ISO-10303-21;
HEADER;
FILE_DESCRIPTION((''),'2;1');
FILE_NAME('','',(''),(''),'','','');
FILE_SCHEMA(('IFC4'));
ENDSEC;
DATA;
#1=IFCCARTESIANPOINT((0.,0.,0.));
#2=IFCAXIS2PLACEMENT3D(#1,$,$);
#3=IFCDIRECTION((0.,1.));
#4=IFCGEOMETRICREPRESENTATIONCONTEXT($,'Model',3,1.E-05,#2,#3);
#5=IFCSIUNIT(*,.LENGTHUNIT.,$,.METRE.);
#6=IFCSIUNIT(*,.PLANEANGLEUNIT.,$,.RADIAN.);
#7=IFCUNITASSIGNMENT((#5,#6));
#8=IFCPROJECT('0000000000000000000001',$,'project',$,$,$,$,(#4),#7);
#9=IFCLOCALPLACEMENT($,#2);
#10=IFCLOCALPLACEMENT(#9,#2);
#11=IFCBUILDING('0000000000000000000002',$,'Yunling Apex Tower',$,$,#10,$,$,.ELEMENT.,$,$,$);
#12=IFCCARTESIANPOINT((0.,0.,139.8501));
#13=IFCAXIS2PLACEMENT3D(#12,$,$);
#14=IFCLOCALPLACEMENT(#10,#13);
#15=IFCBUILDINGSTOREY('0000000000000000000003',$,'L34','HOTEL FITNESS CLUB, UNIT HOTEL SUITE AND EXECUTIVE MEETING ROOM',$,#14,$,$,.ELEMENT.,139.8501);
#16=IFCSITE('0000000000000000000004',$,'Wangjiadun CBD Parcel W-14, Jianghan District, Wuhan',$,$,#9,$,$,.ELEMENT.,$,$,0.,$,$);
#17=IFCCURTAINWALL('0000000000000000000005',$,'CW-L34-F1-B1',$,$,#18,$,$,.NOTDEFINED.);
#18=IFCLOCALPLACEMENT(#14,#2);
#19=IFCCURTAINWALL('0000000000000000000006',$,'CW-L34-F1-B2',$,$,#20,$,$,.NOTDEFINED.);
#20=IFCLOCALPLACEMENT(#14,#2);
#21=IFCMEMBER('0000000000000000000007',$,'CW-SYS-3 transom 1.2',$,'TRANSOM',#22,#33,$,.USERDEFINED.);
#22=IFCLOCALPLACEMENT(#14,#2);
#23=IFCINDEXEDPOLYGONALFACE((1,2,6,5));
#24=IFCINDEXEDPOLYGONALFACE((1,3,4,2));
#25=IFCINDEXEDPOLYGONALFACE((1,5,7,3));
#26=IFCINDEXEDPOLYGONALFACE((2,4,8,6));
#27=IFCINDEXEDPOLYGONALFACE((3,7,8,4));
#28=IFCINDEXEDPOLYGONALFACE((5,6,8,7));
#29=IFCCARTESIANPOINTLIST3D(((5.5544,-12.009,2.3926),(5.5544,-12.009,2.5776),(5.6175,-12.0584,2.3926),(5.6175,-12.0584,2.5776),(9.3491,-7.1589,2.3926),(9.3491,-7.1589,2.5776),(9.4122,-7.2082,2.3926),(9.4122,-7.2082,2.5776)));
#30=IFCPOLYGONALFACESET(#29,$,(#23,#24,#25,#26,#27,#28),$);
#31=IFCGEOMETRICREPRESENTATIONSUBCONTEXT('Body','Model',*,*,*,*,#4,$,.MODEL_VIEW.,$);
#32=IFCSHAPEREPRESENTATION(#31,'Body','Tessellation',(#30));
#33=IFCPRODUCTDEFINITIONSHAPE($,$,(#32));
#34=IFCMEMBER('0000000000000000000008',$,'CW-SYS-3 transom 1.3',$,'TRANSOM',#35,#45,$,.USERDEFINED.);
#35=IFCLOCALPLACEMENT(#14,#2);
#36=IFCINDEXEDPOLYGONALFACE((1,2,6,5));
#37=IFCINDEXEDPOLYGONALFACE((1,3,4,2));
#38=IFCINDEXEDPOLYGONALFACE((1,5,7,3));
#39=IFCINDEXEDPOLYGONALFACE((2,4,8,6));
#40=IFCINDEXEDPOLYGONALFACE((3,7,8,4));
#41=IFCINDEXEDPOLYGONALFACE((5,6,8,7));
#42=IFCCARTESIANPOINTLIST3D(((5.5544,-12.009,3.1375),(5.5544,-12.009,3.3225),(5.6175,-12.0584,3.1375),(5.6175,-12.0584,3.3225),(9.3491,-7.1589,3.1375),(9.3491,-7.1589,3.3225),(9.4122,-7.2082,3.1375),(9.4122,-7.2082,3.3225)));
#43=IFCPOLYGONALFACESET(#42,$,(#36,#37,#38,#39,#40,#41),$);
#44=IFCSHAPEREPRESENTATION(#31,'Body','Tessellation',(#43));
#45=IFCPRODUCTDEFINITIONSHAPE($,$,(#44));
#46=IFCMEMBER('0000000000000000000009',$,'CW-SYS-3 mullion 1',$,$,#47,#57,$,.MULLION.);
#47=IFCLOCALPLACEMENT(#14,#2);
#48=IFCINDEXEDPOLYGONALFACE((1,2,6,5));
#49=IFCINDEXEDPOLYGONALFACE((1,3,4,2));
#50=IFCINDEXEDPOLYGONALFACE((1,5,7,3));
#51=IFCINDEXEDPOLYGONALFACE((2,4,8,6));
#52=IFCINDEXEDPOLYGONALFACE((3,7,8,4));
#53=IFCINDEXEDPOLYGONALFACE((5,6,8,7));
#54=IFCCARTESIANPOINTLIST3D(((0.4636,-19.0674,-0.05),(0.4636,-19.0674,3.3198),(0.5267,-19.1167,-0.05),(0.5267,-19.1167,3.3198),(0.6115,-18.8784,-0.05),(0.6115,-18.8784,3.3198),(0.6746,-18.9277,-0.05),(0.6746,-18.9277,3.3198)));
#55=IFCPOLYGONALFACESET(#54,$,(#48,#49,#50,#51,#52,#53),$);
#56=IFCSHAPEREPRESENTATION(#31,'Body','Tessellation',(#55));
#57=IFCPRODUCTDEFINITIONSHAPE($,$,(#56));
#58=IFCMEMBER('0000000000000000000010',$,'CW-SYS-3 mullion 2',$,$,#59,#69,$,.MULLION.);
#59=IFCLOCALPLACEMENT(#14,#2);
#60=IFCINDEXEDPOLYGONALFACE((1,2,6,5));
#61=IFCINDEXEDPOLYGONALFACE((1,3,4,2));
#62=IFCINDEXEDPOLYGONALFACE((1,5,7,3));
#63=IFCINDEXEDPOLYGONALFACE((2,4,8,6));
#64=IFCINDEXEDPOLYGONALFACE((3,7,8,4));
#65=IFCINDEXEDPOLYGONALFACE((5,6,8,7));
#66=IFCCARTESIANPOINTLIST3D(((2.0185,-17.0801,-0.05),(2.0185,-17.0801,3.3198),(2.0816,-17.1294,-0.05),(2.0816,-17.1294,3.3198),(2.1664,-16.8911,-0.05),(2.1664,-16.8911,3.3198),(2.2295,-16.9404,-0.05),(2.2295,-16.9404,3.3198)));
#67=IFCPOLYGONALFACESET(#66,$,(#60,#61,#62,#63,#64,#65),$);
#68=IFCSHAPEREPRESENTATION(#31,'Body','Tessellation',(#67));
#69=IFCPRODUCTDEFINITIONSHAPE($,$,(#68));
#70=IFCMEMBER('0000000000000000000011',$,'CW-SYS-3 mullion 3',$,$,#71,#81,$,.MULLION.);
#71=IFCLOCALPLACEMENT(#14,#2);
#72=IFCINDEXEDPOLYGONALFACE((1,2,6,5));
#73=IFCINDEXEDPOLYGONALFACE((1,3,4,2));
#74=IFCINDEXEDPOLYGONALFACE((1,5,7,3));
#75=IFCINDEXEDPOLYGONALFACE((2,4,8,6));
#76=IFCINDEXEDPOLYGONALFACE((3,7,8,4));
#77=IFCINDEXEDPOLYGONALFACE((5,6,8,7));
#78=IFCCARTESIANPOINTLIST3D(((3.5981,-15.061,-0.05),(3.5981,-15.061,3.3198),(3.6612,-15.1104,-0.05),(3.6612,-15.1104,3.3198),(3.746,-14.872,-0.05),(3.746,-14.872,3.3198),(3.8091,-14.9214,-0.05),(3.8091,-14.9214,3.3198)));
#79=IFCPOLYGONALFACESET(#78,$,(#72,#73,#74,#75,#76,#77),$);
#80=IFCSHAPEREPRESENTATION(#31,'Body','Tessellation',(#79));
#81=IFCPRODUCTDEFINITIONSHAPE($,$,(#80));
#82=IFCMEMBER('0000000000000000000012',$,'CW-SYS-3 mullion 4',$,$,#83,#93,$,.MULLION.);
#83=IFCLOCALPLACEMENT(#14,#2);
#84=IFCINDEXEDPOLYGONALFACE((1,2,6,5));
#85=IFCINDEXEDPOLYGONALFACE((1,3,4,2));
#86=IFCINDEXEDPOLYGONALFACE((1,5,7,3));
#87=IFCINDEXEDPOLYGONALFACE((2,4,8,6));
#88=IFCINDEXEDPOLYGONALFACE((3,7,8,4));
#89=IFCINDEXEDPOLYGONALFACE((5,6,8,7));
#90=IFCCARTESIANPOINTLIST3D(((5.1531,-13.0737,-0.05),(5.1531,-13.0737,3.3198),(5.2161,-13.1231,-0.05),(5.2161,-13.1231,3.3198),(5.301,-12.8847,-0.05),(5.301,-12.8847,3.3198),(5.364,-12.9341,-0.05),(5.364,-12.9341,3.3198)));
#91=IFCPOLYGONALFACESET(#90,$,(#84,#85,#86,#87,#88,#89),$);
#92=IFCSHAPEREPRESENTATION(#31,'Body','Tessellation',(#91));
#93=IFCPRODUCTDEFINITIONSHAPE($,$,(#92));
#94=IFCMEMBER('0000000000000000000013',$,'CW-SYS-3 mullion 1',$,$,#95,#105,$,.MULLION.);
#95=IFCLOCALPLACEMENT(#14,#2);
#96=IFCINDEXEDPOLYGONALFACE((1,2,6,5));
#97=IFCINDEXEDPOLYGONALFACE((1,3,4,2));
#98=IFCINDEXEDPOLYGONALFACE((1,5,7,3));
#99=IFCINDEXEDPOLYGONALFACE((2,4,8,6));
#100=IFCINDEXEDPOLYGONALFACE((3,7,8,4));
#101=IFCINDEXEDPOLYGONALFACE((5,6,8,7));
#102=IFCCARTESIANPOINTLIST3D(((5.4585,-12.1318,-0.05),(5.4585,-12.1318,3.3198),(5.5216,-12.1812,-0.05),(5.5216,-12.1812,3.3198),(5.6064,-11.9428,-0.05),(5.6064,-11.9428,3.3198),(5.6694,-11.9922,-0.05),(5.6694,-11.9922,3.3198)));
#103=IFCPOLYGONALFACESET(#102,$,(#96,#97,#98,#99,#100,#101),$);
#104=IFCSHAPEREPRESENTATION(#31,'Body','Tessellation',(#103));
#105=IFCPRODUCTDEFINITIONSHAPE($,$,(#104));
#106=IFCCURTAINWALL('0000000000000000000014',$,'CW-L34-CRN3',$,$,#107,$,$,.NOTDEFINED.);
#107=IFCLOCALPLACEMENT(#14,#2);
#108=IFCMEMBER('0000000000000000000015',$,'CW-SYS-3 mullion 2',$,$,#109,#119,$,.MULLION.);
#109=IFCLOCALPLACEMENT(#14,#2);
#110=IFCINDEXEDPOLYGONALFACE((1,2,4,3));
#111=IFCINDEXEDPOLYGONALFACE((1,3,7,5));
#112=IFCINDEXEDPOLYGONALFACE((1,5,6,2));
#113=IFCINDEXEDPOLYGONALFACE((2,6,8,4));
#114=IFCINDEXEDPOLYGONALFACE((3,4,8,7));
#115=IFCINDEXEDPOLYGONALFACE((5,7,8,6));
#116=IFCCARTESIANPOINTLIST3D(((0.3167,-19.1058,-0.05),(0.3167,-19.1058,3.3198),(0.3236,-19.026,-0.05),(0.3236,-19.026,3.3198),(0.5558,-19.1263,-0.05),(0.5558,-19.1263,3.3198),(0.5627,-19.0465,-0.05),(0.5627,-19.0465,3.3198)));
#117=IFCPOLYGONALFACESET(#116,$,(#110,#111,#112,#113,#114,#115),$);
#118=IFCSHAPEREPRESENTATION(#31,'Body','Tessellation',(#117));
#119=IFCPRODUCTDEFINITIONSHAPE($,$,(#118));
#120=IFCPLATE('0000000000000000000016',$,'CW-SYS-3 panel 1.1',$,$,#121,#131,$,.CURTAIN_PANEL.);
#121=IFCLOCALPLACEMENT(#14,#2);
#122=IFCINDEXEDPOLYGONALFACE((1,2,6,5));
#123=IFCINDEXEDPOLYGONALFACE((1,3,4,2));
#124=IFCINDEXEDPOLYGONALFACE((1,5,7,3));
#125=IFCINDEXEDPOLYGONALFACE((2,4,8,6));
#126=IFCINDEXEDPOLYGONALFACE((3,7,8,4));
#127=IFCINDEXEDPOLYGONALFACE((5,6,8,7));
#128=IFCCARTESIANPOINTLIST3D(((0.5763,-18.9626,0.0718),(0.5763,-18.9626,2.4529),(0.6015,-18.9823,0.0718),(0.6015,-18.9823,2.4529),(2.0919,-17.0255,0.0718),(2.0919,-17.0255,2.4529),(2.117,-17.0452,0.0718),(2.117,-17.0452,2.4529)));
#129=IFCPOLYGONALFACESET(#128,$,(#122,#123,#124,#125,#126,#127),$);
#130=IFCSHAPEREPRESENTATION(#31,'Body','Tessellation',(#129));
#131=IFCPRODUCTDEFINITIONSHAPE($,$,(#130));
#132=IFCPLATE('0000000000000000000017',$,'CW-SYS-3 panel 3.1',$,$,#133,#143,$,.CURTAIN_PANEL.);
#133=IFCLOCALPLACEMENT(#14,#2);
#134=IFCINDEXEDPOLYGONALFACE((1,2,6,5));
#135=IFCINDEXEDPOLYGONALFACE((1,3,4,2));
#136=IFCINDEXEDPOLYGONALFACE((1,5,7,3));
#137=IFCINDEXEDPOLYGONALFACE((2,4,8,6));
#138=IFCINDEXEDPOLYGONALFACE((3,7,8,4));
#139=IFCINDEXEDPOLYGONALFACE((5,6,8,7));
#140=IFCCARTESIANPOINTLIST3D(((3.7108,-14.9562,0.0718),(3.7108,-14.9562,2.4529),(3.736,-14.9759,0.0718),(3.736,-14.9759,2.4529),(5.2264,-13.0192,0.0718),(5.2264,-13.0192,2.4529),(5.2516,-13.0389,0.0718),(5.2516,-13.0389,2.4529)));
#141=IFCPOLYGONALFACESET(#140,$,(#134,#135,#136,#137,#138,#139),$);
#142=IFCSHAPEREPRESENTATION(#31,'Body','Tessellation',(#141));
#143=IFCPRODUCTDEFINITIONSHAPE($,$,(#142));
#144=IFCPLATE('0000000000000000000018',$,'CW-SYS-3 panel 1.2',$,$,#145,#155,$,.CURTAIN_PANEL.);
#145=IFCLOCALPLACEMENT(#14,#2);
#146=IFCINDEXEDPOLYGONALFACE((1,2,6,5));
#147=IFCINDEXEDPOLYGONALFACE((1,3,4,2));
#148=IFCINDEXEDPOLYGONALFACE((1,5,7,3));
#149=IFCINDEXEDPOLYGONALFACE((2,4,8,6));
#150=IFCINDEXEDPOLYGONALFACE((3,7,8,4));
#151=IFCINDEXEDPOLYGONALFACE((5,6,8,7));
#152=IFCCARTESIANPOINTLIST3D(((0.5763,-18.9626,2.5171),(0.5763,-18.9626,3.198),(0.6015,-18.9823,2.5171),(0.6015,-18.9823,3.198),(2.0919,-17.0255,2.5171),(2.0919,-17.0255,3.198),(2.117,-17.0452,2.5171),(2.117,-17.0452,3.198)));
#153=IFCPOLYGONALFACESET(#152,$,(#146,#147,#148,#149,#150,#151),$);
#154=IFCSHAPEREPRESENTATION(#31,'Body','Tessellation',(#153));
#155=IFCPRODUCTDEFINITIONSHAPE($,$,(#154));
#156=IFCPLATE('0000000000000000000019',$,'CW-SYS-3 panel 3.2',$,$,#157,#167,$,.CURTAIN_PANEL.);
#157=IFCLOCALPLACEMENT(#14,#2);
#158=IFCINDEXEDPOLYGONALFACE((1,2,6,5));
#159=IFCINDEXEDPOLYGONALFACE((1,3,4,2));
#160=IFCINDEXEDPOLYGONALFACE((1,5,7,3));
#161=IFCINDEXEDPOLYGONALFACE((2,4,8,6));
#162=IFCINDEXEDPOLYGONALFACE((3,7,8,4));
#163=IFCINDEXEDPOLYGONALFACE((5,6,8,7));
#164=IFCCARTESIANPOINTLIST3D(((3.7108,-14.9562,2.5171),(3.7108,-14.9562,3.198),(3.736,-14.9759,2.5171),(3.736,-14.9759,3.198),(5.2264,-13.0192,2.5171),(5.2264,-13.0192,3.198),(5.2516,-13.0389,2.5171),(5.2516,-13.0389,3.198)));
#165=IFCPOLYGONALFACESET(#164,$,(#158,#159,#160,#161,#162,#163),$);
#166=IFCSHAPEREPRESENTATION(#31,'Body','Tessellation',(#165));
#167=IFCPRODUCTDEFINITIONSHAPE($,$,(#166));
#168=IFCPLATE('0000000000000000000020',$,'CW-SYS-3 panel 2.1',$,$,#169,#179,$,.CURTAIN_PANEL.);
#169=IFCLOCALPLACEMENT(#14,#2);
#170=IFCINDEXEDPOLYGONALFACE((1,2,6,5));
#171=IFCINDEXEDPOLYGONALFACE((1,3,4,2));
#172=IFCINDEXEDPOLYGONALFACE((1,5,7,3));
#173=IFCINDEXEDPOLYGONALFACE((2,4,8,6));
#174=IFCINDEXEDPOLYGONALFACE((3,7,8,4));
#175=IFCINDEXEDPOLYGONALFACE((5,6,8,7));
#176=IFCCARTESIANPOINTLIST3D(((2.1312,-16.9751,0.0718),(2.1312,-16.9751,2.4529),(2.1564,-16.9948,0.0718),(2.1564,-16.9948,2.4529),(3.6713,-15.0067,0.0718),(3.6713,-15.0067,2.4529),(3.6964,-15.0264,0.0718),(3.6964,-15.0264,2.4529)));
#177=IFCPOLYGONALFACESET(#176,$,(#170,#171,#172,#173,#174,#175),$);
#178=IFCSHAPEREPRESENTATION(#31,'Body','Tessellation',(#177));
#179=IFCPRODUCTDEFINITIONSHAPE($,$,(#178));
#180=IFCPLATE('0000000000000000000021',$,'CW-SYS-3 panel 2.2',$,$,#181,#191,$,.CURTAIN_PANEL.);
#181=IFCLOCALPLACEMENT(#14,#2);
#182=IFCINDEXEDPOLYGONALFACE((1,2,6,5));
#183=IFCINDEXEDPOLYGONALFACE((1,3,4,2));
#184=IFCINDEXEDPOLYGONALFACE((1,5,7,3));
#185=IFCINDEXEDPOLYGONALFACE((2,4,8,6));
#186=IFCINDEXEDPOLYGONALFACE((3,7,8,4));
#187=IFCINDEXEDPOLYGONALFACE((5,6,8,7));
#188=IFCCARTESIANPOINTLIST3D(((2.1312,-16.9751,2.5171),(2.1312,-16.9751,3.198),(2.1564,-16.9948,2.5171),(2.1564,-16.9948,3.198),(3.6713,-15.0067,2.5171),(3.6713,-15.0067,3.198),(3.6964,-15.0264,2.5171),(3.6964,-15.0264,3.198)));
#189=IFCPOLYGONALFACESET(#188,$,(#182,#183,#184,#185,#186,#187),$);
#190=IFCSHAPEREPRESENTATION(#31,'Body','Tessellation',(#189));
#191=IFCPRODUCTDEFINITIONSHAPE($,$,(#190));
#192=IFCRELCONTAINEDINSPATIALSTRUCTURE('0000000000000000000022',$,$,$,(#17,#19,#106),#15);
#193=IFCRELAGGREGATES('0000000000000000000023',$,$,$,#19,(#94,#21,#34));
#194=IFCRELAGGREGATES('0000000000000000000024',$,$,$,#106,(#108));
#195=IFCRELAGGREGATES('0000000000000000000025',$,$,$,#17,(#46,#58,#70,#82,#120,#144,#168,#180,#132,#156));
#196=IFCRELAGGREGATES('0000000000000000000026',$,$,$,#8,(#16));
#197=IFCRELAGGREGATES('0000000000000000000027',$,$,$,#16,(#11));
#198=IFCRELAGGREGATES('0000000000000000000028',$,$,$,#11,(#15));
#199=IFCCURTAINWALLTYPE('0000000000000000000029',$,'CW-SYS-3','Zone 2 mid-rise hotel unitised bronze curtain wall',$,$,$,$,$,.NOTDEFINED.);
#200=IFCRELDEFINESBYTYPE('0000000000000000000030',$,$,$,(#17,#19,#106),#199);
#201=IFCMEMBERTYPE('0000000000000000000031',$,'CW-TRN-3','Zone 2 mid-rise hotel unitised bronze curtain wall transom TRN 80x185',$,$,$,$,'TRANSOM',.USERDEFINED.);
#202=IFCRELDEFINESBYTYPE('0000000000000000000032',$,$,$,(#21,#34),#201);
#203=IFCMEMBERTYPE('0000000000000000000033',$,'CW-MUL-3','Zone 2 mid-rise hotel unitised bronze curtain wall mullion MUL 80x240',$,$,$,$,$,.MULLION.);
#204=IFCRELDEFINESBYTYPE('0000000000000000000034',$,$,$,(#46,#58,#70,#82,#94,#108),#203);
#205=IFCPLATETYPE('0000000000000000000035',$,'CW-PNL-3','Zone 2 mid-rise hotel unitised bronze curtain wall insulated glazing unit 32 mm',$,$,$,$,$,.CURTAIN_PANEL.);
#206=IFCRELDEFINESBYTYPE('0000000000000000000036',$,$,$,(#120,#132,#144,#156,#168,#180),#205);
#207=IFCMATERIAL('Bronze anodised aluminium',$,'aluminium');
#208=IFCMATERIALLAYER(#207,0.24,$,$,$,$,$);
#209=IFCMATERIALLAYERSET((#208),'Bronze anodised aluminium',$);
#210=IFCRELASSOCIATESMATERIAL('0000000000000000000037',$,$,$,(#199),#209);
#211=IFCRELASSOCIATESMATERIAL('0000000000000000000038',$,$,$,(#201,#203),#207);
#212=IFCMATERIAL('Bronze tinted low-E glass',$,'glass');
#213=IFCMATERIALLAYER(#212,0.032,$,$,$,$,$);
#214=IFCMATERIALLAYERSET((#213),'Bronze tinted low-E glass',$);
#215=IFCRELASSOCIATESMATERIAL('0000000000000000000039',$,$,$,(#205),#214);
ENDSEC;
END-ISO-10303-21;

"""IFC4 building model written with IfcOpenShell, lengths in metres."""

from ifc_helpers import new_model, si_unit, direction, frame, origin, origin_2d, place, context, subcontext, project, spatial, rectangle, extrude, source, transform, mapped, material, layer, layer_set, material_profile, profile_set, type_object, element, aggregate, save


model = new_model("IFC4")

# Units and contexts
model_context = context("Model", 3, precision=1e-05, world=origin(), true_north=direction((0.0, 1.0)))
body_context = subcontext(model_context, "Body", "Model", "MODEL_VIEW")
ifc_project = project(units=[si_unit("LENGTHUNIT", "METRE"), si_unit("PLANEANGLEUNIT", "RADIAN")], contexts=[model_context])

# Site, building, storey
site_placement = place(None, origin())
site = spatial("IfcSite", under=ifc_project, at=site_placement, Name="Wangjiadun CBD Parcel W-14, Jianghan District, Wuhan", CompositionType="ELEMENT", RefElevation=0.0)
building_placement = place(site_placement, origin())
building = spatial("IfcBuilding", under=site, at=building_placement, Name="Yunling Apex Tower", CompositionType="ELEMENT")
storey_placement = place(building_placement, frame((0.0, 0.0, 139.8501)))
storey = spatial("IfcBuildingStorey", under=building, at=storey_placement, Name="L34", Description="HOTEL FITNESS CLUB, UNIT HOTEL SUITE AND EXECUTIVE MEETING ROOM", CompositionType="ELEMENT", Elevation=139.8501)

# Curtain walls, members
ifc_material_1 = material(Name="Bronze anodised aluminium", Category="aluminium")
ifc_layer_1 = layer(ifc_material_1, 0.24)
ifc_layer_set_1 = layer_set([ifc_layer_1], Name="Bronze anodised aluminium")
curtain_wall_type = type_object("IfcCurtainWallType", Name="CW-SYS-3", Description="Zone 2 mid-rise hotel unitised bronze curtain wall", PredefinedType="NOTDEFINED", material=ifc_layer_set_1)
curtain_wall_1_placement = place(storey_placement, origin())
curtain_wall_1 = element("IfcCurtainWall", 1, at=curtain_wall_1_placement, inside=storey, type_object=curtain_wall_type, Name="CW-L34-F1-B1", PredefinedType="NOTDEFINED")
ifc_material_profile_1 = material_profile(ifc_material_1, rectangle(XDim=0.0801, YDim=0.1851, at=origin_2d()))
ifc_profile_set_1 = profile_set([ifc_material_profile_1], Name="Bronze anodised aluminium")
member_type_1 = type_object("IfcMemberType", Name="CW-TRN-3", Description="Zone 2 mid-rise hotel unitised bronze curtain wall transom TRN 80x185", ElementType="TRANSOM", PredefinedType="USERDEFINED", material=ifc_profile_set_1)
curtain_wall_2_placement = place(storey_placement, origin())
curtain_wall_2 = element("IfcCurtainWall", 2, at=curtain_wall_2_placement, inside=storey, type_object=curtain_wall_type, Name="CW-L34-F1-B2", PredefinedType="NOTDEFINED")
shared_shape_1 = source(origin(), body_context, "Body", "SweptSolid", [
    extrude(rectangle(XDim=0.0801, YDim=0.1851, at=origin_2d()), origin(), (0.0, 0.0, 1.0), 6.1582),
])
member_1_placement = place(storey_placement, frame((5.5859, -12.0337, 2.4851), z_axis=(0.616202, 0.787588, 0.0), x_axis=(-0.787588, 0.616202, 0.0)))
member_1 = element("IfcMember", 3, at=member_1_placement, type_object=member_type_1, Name="CW-SYS-3 transom 1.2", ObjectType="TRANSOM", PredefinedType="USERDEFINED", context=body_context, shape_type="MappedRepresentation", body=[
    mapped(shared_shape_1, transform((0.0, 0.0, 0.0), scale=1.0)),
])
member_2_placement = place(storey_placement, frame((5.5859, -12.0337, 3.23), z_axis=(0.616202, 0.787588, 0.0), x_axis=(-0.787588, 0.616202, 0.0)))
member_2 = element("IfcMember", 4, at=member_2_placement, type_object=member_type_1, Name="CW-SYS-3 transom 1.3", ObjectType="TRANSOM", PredefinedType="USERDEFINED", context=body_context, shape_type="MappedRepresentation", body=[
    mapped(shared_shape_1, transform((0.0, 0.0, 0.0), scale=1.0)),
])

# Members
ifc_material_profile_2 = material_profile(ifc_material_1, rectangle(XDim=0.0801, YDim=0.24, at=origin_2d()))
ifc_profile_set_2 = profile_set([ifc_material_profile_2], Name="Bronze anodised aluminium")
member_type_2 = type_object("IfcMemberType", Name="CW-MUL-3", Description="Zone 2 mid-rise hotel unitised bronze curtain wall mullion MUL 80x240", PredefinedType="MULLION", material=ifc_profile_set_2)
shared_shape_2 = source(origin(), body_context, "Body", "SweptSolid", [
    extrude(rectangle(XDim=0.0801, YDim=0.24, at=origin_2d()), origin(), (0.0, 0.0, 1.0), 3.3699),
])
member_3_placement = place(storey_placement, frame((0.5691, -18.9976, -0.05), z_axis=(0.0, 0.0, 1.0), x_axis=(-0.787584, 0.616208, 0.0)))
member_3 = element("IfcMember", 5, at=member_3_placement, type_object=member_type_2, Name="CW-SYS-3 mullion 1", PredefinedType="MULLION", context=body_context, shape_type="MappedRepresentation", body=[
    mapped(shared_shape_2, transform((0.0, 0.0, 0.0), scale=1.0)),
])
member_4_placement = place(storey_placement, frame((2.124, -17.0103, -0.05), z_axis=(0.0, 0.0, 1.0), x_axis=(-0.787584, 0.616208, 0.0)))
member_4 = element("IfcMember", 6, at=member_4_placement, type_object=member_type_2, Name="CW-SYS-3 mullion 2", PredefinedType="MULLION", context=body_context, shape_type="MappedRepresentation", body=[
    mapped(shared_shape_2, transform((0.0, 0.0, 0.0), scale=1.0)),
])
member_5_placement = place(storey_placement, frame((3.7036, -14.9912, -0.05), z_axis=(0.0, 0.0, 1.0), x_axis=(-0.787584, 0.616208, 0.0)))
member_5 = element("IfcMember", 7, at=member_5_placement, type_object=member_type_2, Name="CW-SYS-3 mullion 3", PredefinedType="MULLION", context=body_context, shape_type="MappedRepresentation", body=[
    mapped(shared_shape_2, transform((0.0, 0.0, 0.0), scale=1.0)),
])
member_6_placement = place(storey_placement, frame((5.2585, -13.0039, -0.05), z_axis=(0.0, 0.0, 1.0), x_axis=(-0.787584, 0.616208, 0.0)))
member_6 = element("IfcMember", 8, at=member_6_placement, type_object=member_type_2, Name="CW-SYS-3 mullion 4", PredefinedType="MULLION", context=body_context, shape_type="MappedRepresentation", body=[
    mapped(shared_shape_2, transform((0.0, 0.0, 0.0), scale=1.0)),
])
member_7_placement = place(storey_placement, frame((5.564, -12.062, -0.05), z_axis=(0.0, 0.0, 1.0), x_axis=(-0.78759, 0.616199, 0.0)))
member_7 = element("IfcMember", 9, at=member_7_placement, type_object=member_type_2, Name="CW-SYS-3 mullion 1", PredefinedType="MULLION", context=body_context, shape_type="MappedRepresentation", body=[
    mapped(shared_shape_2, transform((0.0, 0.0, 0.0), scale=1.0)),
])
aggregate(curtain_wall_2, [member_7, member_1, member_2])

# Curtain wall, member
curtain_wall_3_placement = place(storey_placement, origin())
curtain_wall_3 = element("IfcCurtainWall", 10, at=curtain_wall_3_placement, inside=storey, type_object=curtain_wall_type, Name="CW-L34-CRN3", PredefinedType="NOTDEFINED")
member_8_placement = place(storey_placement, frame((0.4397, -19.0762, -0.05), z_axis=(0.0, 0.0, 1.0), x_axis=(0.08555, 0.996334, 0.0)))
member_8 = element("IfcMember", 11, at=member_8_placement, type_object=member_type_2, Name="CW-SYS-3 mullion 2", PredefinedType="MULLION", context=body_context, shape_type="MappedRepresentation", body=[
    mapped(shared_shape_2, transform((0.0, 0.0, 0.0), scale=1.0)),
])
aggregate(curtain_wall_3, [member_8])

# Plates
ifc_material_2 = material(Name="Bronze tinted low-E glass", Category="glass")
ifc_layer_2 = layer(ifc_material_2, 0.032)
ifc_layer_set_2 = layer_set([ifc_layer_2], Name="Bronze tinted low-E glass")
plate_type = type_object("IfcPlateType", Name="CW-PNL-3", Description="Zone 2 mid-rise hotel unitised bronze curtain wall insulated glazing unit 32 mm", PredefinedType="CURTAIN_PANEL", material=ifc_layer_set_2)
shared_shape_3 = source(origin(), body_context, "Body", "SweptSolid", [
    extrude(rectangle(XDim=2.4595, YDim=0.032, at=origin_2d()), origin(), (0.0, 0.0, 1.0), 2.3811),
])
plate_1_placement = place(storey_placement, frame((1.3467, -18.0039, 0.0718), z_axis=(0.0, 0.0, 1.0), x_axis=(0.616208, 0.787584, 0.0)))
plate_1 = element("IfcPlate", 12, at=plate_1_placement, type_object=plate_type, Name="CW-SYS-3 panel 1.1", PredefinedType="CURTAIN_PANEL", context=body_context, shape_type="MappedRepresentation", body=[
    mapped(shared_shape_3, transform((0.0, 0.0, 0.0), scale=1.0)),
])
plate_2_placement = place(storey_placement, frame((4.4812, -13.9976, 0.0718), z_axis=(0.0, 0.0, 1.0), x_axis=(0.616208, 0.787584, 0.0)))
plate_2 = element("IfcPlate", 13, at=plate_2_placement, type_object=plate_type, Name="CW-SYS-3 panel 3.1", PredefinedType="CURTAIN_PANEL", context=body_context, shape_type="MappedRepresentation", body=[
    mapped(shared_shape_3, transform((0.0, 0.0, 0.0), scale=1.0)),
])
shared_shape_4 = source(origin(), body_context, "Body", "SweptSolid", [
    extrude(rectangle(XDim=2.4595, YDim=0.032, at=origin_2d()), origin(), (0.0, 0.0, 1.0), 0.6809),
])
plate_3_placement = place(storey_placement, frame((1.3467, -18.0039, 2.5171), z_axis=(0.0, 0.0, 1.0), x_axis=(0.616208, 0.787584, 0.0)))
plate_3 = element("IfcPlate", 14, at=plate_3_placement, type_object=plate_type, Name="CW-SYS-3 panel 1.2", PredefinedType="CURTAIN_PANEL", context=body_context, shape_type="MappedRepresentation", body=[
    mapped(shared_shape_4, transform((0.0, 0.0, 0.0), scale=1.0)),
])
plate_4_placement = place(storey_placement, frame((4.4812, -13.9976, 2.5171), z_axis=(0.0, 0.0, 1.0), x_axis=(0.616208, 0.787584, 0.0)))
plate_4 = element("IfcPlate", 15, at=plate_4_placement, type_object=plate_type, Name="CW-SYS-3 panel 3.2", PredefinedType="CURTAIN_PANEL", context=body_context, shape_type="MappedRepresentation", body=[
    mapped(shared_shape_4, transform((0.0, 0.0, 0.0), scale=1.0)),
])
shared_shape_5 = source(origin(), body_context, "Body", "SweptSolid", [
    extrude(rectangle(XDim=2.4993, YDim=0.032, at=origin_2d()), origin(), (0.0, 0.0, 1.0), 2.3811),
])
plate_5_placement = place(storey_placement, frame((2.9138, -16.0007, 0.0718), z_axis=(0.0, 0.0, 1.0), x_axis=(0.616208, 0.787584, 0.0)))
plate_5 = element("IfcPlate", 16, at=plate_5_placement, type_object=plate_type, Name="CW-SYS-3 panel 2.1", PredefinedType="CURTAIN_PANEL", context=body_context, shape_type="MappedRepresentation", body=[
    mapped(shared_shape_5, transform((0.0, 0.0, 0.0), scale=1.0)),
])
shared_shape_6 = source(origin(), body_context, "Body", "SweptSolid", [
    extrude(rectangle(XDim=2.4993, YDim=0.032, at=origin_2d()), origin(), (0.0, 0.0, 1.0), 0.6809),
])
plate_6_placement = place(storey_placement, frame((2.9138, -16.0007, 2.5171), z_axis=(0.0, 0.0, 1.0), x_axis=(0.616208, 0.787584, 0.0)))
plate_6 = element("IfcPlate", 17, at=plate_6_placement, type_object=plate_type, Name="CW-SYS-3 panel 2.2", PredefinedType="CURTAIN_PANEL", context=body_context, shape_type="MappedRepresentation", body=[
    mapped(shared_shape_6, transform((0.0, 0.0, 0.0), scale=1.0)),
])
aggregate(curtain_wall_1, [member_3, member_4, member_5, member_6, plate_1, plate_3, plate_5, plate_6, plate_2, plate_4])

save(model, "model.ifc")
